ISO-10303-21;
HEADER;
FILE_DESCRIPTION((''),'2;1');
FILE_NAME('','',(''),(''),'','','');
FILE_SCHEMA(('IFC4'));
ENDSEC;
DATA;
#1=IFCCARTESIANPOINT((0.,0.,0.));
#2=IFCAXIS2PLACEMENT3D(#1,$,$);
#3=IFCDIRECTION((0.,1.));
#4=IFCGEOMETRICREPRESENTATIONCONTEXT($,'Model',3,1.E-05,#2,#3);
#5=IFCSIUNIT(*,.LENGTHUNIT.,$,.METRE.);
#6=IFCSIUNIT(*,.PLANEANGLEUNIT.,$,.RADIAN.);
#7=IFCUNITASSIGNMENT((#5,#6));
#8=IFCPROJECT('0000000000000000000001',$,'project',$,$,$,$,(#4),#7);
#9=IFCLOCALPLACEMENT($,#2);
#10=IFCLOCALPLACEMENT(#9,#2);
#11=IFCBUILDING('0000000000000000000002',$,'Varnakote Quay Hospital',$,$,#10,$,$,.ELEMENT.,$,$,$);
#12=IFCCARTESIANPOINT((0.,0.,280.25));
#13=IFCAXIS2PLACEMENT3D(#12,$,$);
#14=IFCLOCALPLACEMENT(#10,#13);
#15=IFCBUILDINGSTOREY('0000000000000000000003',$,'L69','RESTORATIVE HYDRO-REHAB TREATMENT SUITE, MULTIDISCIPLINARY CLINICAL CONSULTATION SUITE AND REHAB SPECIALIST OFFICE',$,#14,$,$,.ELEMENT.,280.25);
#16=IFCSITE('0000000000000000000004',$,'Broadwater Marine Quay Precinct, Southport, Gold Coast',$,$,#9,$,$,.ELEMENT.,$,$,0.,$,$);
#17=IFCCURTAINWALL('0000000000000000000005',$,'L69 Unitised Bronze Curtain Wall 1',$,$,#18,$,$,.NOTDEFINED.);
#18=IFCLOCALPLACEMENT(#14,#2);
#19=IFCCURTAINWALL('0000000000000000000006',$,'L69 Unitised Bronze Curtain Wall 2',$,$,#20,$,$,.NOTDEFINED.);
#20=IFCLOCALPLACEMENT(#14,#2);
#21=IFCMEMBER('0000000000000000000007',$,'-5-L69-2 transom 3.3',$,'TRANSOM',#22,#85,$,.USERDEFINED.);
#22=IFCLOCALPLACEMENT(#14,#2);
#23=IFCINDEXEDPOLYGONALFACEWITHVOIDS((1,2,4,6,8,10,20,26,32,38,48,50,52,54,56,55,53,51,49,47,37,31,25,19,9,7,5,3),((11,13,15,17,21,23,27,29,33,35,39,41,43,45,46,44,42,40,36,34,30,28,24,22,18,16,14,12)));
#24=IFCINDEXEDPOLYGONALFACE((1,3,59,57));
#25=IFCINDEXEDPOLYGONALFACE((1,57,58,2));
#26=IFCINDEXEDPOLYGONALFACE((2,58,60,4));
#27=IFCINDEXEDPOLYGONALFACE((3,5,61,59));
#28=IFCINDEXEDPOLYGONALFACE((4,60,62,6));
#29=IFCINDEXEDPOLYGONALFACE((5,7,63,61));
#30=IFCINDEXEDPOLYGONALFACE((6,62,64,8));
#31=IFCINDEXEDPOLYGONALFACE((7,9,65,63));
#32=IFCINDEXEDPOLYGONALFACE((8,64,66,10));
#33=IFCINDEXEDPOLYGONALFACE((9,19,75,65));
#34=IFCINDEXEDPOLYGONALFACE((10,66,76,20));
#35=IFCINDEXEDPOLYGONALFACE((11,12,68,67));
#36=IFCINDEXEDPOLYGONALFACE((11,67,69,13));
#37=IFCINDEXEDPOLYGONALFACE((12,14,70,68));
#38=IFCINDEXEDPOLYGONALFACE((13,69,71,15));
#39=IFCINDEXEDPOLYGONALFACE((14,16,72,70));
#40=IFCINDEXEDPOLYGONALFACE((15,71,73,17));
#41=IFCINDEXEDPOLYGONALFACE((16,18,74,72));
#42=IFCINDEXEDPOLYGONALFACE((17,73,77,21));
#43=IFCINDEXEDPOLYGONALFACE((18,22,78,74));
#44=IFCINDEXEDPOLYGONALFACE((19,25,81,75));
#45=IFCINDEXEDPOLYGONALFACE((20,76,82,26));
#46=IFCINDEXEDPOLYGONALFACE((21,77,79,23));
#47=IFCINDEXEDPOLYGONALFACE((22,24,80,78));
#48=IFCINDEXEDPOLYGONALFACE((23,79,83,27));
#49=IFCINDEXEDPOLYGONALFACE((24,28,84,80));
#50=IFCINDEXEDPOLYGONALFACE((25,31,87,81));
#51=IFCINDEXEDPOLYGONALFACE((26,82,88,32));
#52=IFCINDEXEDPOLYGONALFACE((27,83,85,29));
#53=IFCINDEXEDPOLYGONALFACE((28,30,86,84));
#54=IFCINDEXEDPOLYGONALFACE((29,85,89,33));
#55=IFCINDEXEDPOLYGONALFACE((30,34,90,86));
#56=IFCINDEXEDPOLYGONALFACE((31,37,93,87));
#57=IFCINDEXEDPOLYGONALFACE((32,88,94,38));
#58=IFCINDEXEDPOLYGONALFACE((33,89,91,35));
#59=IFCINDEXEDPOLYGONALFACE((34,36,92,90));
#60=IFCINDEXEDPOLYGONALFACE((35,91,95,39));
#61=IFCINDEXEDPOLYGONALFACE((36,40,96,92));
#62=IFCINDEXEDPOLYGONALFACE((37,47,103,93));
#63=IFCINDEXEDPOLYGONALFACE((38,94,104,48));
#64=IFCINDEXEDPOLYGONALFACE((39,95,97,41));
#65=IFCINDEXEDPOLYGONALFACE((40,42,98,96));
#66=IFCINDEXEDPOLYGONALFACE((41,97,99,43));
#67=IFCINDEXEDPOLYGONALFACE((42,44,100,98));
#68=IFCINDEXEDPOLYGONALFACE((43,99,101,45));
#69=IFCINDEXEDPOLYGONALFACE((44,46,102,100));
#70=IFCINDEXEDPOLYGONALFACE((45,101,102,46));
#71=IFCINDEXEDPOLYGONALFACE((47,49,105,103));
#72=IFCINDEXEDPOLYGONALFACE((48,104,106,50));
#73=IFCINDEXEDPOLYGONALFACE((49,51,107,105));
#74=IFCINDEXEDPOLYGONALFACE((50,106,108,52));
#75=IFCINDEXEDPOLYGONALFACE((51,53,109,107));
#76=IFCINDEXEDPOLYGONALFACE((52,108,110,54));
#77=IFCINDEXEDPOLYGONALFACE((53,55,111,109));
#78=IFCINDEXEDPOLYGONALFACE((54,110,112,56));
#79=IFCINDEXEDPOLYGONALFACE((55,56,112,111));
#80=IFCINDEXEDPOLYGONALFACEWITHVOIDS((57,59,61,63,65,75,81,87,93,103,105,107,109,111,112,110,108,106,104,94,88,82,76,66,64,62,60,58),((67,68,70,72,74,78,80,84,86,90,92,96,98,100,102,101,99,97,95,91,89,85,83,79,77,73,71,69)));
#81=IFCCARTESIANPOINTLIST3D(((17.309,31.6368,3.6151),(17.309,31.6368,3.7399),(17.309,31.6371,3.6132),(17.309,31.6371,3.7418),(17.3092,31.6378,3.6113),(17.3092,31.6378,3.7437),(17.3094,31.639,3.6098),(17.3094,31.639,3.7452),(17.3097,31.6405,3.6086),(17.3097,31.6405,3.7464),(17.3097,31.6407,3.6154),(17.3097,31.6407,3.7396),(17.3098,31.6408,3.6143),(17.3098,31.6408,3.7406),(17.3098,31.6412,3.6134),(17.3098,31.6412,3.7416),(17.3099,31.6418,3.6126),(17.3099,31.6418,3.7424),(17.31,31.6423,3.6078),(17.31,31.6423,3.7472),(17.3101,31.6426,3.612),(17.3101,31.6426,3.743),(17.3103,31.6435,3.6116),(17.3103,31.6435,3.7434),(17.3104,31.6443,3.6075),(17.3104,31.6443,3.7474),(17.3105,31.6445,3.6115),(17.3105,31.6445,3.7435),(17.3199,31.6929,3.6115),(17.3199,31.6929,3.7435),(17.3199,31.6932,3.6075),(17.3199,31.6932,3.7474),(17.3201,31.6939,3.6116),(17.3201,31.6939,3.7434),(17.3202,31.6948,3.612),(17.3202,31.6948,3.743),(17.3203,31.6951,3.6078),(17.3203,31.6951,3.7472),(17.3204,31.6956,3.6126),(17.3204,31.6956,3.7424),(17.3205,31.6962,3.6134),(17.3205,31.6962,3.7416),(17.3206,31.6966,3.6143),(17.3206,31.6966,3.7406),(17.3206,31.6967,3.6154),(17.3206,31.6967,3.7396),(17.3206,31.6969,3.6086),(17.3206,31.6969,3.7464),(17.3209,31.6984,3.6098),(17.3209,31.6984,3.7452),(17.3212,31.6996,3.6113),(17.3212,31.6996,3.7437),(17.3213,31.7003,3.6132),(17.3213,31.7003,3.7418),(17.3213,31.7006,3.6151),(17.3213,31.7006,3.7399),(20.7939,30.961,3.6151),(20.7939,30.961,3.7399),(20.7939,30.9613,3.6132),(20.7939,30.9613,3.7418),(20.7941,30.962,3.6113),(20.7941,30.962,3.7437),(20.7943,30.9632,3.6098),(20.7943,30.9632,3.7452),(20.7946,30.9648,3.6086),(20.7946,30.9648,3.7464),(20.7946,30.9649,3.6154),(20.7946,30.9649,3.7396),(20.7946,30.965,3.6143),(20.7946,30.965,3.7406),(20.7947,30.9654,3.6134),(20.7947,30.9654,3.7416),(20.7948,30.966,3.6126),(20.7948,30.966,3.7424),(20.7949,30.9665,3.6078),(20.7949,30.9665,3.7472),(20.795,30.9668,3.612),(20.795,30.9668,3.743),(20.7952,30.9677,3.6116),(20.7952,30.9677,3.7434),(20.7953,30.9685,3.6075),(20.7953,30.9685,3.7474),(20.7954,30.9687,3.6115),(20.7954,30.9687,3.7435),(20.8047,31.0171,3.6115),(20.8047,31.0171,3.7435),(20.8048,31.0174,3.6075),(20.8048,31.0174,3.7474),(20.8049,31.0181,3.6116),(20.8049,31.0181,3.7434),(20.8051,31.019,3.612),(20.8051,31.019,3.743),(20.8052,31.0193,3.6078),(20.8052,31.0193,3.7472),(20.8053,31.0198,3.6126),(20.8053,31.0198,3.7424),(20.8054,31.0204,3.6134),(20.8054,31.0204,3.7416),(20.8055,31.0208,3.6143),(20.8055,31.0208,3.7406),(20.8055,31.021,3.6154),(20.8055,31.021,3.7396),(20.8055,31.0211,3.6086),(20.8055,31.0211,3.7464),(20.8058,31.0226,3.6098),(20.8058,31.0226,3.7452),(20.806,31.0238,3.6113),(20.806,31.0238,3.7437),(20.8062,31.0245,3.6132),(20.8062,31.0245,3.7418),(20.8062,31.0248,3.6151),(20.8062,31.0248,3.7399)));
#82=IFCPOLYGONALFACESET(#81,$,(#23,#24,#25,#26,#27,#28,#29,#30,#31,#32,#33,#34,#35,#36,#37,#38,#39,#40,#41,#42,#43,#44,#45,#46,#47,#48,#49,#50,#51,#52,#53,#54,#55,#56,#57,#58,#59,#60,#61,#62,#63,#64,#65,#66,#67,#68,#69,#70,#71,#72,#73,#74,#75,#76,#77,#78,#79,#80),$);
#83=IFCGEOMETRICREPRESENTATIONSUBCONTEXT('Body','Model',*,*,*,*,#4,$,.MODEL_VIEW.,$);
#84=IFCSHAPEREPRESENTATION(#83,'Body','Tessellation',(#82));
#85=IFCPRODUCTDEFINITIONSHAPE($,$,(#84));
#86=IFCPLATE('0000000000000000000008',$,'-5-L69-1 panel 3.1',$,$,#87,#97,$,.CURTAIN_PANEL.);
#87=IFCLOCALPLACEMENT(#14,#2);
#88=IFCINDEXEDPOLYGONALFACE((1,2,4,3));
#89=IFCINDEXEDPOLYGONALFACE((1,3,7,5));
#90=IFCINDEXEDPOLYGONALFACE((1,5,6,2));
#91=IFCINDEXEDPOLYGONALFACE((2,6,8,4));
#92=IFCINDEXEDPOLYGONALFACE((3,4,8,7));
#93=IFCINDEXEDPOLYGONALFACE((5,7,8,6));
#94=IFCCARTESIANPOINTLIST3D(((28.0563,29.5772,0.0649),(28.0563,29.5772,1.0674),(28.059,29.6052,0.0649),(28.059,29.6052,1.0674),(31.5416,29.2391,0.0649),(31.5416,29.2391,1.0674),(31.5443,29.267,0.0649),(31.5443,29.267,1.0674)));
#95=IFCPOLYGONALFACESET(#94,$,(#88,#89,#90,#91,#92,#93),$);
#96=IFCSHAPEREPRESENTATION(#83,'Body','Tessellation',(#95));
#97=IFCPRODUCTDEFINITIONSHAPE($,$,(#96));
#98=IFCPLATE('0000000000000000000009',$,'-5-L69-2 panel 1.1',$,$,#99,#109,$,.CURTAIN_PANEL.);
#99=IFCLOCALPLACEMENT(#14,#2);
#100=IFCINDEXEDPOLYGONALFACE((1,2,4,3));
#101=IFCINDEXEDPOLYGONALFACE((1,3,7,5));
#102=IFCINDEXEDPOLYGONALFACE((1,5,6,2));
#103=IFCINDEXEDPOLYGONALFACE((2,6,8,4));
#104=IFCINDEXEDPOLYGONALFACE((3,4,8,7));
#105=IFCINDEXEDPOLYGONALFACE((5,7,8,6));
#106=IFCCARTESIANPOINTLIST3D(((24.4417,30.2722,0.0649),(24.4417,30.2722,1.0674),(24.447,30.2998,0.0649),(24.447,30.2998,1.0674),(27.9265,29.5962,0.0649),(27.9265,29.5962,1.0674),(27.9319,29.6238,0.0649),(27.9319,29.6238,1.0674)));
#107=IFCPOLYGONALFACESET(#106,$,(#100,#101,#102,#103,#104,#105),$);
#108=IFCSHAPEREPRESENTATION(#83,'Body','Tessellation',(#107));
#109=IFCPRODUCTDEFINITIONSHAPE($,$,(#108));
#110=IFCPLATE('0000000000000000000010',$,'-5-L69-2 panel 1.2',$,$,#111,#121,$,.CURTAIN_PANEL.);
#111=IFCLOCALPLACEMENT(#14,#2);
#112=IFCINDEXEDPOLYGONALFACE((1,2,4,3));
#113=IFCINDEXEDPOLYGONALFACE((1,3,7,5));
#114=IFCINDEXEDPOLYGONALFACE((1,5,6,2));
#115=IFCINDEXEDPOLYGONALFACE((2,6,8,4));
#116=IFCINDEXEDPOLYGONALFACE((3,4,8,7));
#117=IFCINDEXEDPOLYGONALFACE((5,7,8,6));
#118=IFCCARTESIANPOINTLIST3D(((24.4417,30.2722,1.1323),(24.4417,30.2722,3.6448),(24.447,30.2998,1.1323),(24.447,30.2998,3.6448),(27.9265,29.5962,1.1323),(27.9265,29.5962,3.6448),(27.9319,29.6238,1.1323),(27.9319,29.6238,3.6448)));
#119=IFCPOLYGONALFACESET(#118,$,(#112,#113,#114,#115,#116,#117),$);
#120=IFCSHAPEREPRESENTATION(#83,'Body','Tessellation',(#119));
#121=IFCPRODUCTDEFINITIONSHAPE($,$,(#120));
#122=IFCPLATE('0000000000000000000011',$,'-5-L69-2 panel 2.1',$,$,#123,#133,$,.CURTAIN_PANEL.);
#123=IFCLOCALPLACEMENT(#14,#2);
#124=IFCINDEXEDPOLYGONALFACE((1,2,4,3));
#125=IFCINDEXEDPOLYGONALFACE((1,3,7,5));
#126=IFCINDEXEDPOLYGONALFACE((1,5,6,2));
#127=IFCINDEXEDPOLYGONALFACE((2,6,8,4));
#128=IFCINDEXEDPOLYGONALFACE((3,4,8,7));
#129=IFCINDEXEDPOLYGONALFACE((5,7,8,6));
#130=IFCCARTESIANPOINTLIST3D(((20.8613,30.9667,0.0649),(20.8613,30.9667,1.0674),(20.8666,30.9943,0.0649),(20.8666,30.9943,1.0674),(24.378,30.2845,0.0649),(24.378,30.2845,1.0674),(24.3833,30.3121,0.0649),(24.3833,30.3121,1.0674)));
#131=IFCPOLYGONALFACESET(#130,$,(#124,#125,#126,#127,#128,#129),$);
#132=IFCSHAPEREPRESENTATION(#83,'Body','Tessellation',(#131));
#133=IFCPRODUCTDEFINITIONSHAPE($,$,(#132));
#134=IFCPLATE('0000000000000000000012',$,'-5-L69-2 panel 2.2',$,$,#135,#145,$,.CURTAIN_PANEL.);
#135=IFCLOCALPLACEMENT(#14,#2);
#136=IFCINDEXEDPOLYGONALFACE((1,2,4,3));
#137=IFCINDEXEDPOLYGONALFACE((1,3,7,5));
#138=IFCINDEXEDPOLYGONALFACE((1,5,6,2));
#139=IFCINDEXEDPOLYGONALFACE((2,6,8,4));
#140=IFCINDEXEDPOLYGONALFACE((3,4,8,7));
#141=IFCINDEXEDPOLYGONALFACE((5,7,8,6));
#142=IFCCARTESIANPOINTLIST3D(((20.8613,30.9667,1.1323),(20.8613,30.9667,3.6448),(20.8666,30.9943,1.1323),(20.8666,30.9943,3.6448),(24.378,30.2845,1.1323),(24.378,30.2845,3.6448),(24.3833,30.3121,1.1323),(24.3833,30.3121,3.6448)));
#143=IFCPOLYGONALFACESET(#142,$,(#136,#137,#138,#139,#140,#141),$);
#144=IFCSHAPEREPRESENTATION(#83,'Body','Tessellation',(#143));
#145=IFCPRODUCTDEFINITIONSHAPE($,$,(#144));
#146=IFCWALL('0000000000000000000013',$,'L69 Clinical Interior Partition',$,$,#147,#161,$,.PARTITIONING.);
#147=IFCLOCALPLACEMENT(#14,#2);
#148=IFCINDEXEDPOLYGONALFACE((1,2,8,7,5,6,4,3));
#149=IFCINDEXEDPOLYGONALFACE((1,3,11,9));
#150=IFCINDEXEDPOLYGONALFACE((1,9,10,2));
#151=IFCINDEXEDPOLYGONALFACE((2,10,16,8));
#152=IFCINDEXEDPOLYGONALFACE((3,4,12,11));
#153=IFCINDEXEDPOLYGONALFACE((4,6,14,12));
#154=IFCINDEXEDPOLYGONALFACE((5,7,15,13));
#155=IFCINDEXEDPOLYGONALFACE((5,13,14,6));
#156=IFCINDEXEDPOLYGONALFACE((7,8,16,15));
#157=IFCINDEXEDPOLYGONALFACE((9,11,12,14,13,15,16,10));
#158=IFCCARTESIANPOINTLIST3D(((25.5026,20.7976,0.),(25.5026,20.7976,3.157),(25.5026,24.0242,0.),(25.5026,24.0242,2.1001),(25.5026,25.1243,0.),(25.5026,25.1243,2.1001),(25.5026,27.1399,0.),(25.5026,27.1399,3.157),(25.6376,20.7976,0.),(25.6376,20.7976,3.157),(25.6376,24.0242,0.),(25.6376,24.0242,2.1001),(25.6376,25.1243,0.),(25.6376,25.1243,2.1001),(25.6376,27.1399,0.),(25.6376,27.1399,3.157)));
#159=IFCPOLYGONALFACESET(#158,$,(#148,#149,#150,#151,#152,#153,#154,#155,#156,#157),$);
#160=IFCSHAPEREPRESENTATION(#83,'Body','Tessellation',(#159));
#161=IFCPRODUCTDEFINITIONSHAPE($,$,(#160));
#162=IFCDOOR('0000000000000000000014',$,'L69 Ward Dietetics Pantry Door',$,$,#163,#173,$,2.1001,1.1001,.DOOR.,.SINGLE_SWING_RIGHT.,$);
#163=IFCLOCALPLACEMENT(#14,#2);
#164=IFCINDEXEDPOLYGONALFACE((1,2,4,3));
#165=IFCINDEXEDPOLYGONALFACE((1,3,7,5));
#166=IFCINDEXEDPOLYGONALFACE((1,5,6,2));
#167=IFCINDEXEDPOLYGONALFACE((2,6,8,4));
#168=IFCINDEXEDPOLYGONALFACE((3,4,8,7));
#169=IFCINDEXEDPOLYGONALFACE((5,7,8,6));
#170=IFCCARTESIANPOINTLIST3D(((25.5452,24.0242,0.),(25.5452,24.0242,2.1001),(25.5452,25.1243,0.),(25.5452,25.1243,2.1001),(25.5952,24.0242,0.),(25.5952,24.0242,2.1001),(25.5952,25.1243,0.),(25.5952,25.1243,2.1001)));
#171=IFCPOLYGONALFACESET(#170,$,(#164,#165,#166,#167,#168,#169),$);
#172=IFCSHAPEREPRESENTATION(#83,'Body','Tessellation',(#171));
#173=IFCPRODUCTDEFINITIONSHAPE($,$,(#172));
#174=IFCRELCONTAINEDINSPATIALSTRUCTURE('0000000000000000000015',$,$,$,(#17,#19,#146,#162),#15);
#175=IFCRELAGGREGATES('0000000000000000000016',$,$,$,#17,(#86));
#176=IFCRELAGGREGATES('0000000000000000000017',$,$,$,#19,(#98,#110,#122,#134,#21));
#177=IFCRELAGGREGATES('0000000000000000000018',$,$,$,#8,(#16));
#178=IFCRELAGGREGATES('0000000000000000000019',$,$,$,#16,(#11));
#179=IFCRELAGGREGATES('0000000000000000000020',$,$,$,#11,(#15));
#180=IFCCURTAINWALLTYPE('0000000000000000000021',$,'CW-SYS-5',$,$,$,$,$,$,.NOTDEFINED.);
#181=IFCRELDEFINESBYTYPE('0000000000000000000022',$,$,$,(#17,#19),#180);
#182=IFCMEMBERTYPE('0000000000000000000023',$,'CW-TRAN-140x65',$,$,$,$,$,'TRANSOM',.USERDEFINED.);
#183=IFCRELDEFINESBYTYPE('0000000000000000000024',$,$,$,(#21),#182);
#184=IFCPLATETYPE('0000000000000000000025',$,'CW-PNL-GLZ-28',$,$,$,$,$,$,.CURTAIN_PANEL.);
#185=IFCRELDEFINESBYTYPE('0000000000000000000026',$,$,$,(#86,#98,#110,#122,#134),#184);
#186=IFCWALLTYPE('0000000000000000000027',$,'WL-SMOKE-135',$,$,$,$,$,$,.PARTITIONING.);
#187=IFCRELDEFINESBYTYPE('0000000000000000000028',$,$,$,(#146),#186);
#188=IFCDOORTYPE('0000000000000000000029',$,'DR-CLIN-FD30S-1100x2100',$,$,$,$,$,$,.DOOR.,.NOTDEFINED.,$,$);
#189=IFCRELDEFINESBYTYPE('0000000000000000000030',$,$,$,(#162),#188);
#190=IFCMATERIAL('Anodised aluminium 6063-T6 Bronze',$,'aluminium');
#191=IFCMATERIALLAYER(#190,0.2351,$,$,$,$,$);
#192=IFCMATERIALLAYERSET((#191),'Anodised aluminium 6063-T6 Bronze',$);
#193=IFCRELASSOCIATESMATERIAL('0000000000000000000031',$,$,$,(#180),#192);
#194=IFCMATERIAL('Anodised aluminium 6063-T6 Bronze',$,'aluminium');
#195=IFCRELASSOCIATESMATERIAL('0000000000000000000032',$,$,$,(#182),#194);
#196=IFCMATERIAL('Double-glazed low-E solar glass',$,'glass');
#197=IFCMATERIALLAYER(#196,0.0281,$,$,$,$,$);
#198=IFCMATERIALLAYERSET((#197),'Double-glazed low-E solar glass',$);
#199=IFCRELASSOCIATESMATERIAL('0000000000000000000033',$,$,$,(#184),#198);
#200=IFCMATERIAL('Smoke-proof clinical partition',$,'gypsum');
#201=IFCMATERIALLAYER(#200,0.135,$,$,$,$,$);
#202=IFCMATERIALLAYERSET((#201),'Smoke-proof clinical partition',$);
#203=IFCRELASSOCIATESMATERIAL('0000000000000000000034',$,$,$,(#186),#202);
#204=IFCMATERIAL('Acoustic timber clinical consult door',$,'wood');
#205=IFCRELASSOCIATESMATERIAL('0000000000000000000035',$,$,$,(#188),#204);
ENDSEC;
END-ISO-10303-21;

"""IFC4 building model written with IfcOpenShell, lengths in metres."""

from ifc_helpers import new_model, si_unit, direction, frame, frame_2d, origin, origin_2d, place, context, subcontext, project, spatial, rectangle, hollow_rectangle, extrude, material, layer, layer_set, material_profile, profile_set, type_object, element, fill, aggregate, save


model = new_model("IFC4")

# Units and contexts
model_context = context("Model", 3, precision=1e-05, world=origin(), true_north=direction((0.0, 1.0)))
body_context = subcontext(model_context, "Body", "Model", "MODEL_VIEW")
ifc_project = project(units=[si_unit("LENGTHUNIT", "METRE"), si_unit("PLANEANGLEUNIT", "RADIAN")], contexts=[model_context])

# Site, building, storey
site_placement = place(None, origin())
site = spatial("IfcSite", under=ifc_project, at=site_placement, Name="Broadwater Marine Quay Precinct, Southport, Gold Coast", CompositionType="ELEMENT", RefElevation=0.0)
building_placement = place(site_placement, origin())
building = spatial("IfcBuilding", under=site, at=building_placement, Name="Varnakote Quay Hospital", CompositionType="ELEMENT")
storey_placement = place(building_placement, frame((0.0, 0.0, 280.25)))
storey = spatial("IfcBuildingStorey", under=building, at=storey_placement, Name="L69", Description="RESTORATIVE HYDRO-REHAB TREATMENT SUITE, MULTIDISCIPLINARY CLINICAL CONSULTATION SUITE AND REHAB SPECIALIST OFFICE", CompositionType="ELEMENT", Elevation=280.25)

# Curtain wall
ifc_material_1 = material(Name="Anodised aluminium 6063-T6 Bronze", Category="aluminium")
ifc_layer_1 = layer(ifc_material_1, 0.2351)
ifc_layer_set_1 = layer_set([ifc_layer_1], Name="Anodised aluminium 6063-T6 Bronze")
curtain_wall_type = type_object("IfcCurtainWallType", Name="CW-SYS-5", PredefinedType="NOTDEFINED", material=ifc_layer_set_1)
curtain_wall_1_placement = place(storey_placement, origin())
curtain_wall_1 = element("IfcCurtainWall", 1, at=curtain_wall_1_placement, inside=storey, type_object=curtain_wall_type, Name="L69 Unitised Bronze Curtain Wall 1", PredefinedType="NOTDEFINED")

# Curtain wall, member
curtain_wall_2_placement = place(storey_placement, origin())
curtain_wall_2 = element("IfcCurtainWall", 2, at=curtain_wall_2_placement, inside=storey, type_object=curtain_wall_type, Name="L69 Unitised Bronze Curtain Wall 2", PredefinedType="NOTDEFINED")
ifc_material_2 = material(Name="Anodised aluminium 6063-T6 Bronze", Category="aluminium")
ifc_material_profile_1 = material_profile(ifc_material_2, hollow_rectangle(XDim=0.0649, YDim=0.1399, WallThickness=0.0039, InnerFilletRadius=0.0039, OuterFilletRadius=0.0076, at=origin_2d()), Name="CW-TRAN-140x65")
ifc_profile_set_1 = profile_set([ifc_material_profile_1], Name="Anodised aluminium 6063-T6 Bronze")
member_type_1 = type_object("IfcMemberType", Name="CW-TRAN-140x65", ElementType="TRANSOM", PredefinedType="USERDEFINED", material=ifc_profile_set_1)
member_1_placement = place(storey_placement, frame((20.8, 30.9929, 3.6775), z_axis=(-0.981712, 0.190373, 0.0), x_axis=(-0.190373, -0.981712, 0.0)))
member_1 = element("IfcMember", 3, at=member_1_placement, type_object=member_type_1, Name="-5-L69-2 transom 3.3", ObjectType="TRANSOM", PredefinedType="USERDEFINED", context=body_context, shape_type="SweptSolid", body=[
    extrude(hollow_rectangle(XDim=0.0649, YDim=0.1399, WallThickness=0.0039, InnerFilletRadius=0.0039, OuterFilletRadius=0.0076, at=origin_2d()), origin(), (0.0, 0.0, 1.0), 3.5498),
])

# Plates
ifc_material_3 = material(Name="Double-glazed low-E solar glass", Category="glass")
ifc_layer_2 = layer(ifc_material_3, 0.0281)
ifc_layer_set_2 = layer_set([ifc_layer_2], Name="Double-glazed low-E solar glass")
plate_type = type_object("IfcPlateType", Name="CW-PNL-GLZ-28", PredefinedType="CURTAIN_PANEL", material=ifc_layer_set_2)
plate_1_placement = place(storey_placement, frame((29.8003, 29.4221, 0.0649), z_axis=(0.0, 0.0, 1.0), x_axis=(-0.995326, 0.096569, 0.0)))
plate_1 = element("IfcPlate", 4, at=plate_1_placement, type_object=plate_type, Name="-5-L69-1 panel 3.1", PredefinedType="CURTAIN_PANEL", context=body_context, shape_type="SweptSolid", body=[
    extrude(rectangle(XDim=3.5017, YDim=0.0281, at=origin_2d()), origin(), (0.0, 0.0, 1.0), 1.0024),
])
aggregate(curtain_wall_1, [plate_1])
plate_2_placement = place(storey_placement, frame((26.1868, 29.948, 0.0649), z_axis=(0.0, 0.0, 1.0), x_axis=(-0.9817, 0.190434, 0.0)))
plate_2 = element("IfcPlate", 5, at=plate_2_placement, type_object=plate_type, Name="-5-L69-2 panel 1.1", PredefinedType="CURTAIN_PANEL", context=body_context, shape_type="SweptSolid", body=[
    extrude(rectangle(XDim=3.5498, YDim=0.0281, at=origin_2d()), origin(), (0.0, 0.0, 1.0), 1.0024),
])
plate_3_placement = place(storey_placement, frame((26.1868, 29.948, 1.1323), z_axis=(0.0, 0.0, 1.0), x_axis=(-0.9817, 0.190434, 0.0)))
plate_3 = element("IfcPlate", 6, at=plate_3_placement, type_object=plate_type, Name="-5-L69-2 panel 1.2", PredefinedType="CURTAIN_PANEL", context=body_context, shape_type="SweptSolid", body=[
    extrude(rectangle(XDim=3.5498, YDim=0.0281, at=origin_2d()), origin(), (0.0, 0.0, 1.0), 2.5125),
])
plate_4_placement = place(storey_placement, frame((22.6223, 30.6394, 0.0649), z_axis=(0.0, 0.0, 1.0), x_axis=(-0.9817, 0.190434, 0.0)))
plate_4 = element("IfcPlate", 7, at=plate_4_placement, type_object=plate_type, Name="-5-L69-2 panel 2.1", PredefinedType="CURTAIN_PANEL", context=body_context, shape_type="SweptSolid", body=[
    extrude(rectangle(XDim=3.5823, YDim=0.0281, at=origin_2d()), origin(), (0.0, 0.0, 1.0), 1.0024),
])
plate_5_placement = place(storey_placement, frame((22.6223, 30.6394, 1.1323), z_axis=(0.0, 0.0, 1.0), x_axis=(-0.9817, 0.190434, 0.0)))
plate_5 = element("IfcPlate", 8, at=plate_5_placement, type_object=plate_type, Name="-5-L69-2 panel 2.2", PredefinedType="CURTAIN_PANEL", context=body_context, shape_type="SweptSolid", body=[
    extrude(rectangle(XDim=3.5823, YDim=0.0281, at=origin_2d()), origin(), (0.0, 0.0, 1.0), 2.5125),
])
aggregate(curtain_wall_2, [plate_2, plate_3, plate_4, plate_5, member_1])

# Wall, opening, door
ifc_material_4 = material(Name="Smoke-proof clinical partition", Category="gypsum")
ifc_layer_3 = layer(ifc_material_4, 0.135)
ifc_layer_set_3 = layer_set([ifc_layer_3], Name="Smoke-proof clinical partition")
wall_type = type_object("IfcWallType", Name="WL-SMOKE-135", PredefinedType="PARTITIONING", material=ifc_layer_set_3)
wall_1_placement = place(storey_placement, frame((25.5701, 20.7976, 0.0), z_axis=(0.0, 0.0, 1.0), x_axis=(0.0, 1.0, 0.0)))
wall_1 = element("IfcWall", 9, at=wall_1_placement, inside=storey, type_object=wall_type, Name="L69 Clinical Interior Partition", PredefinedType="PARTITIONING", context=body_context, shape_type="SweptSolid", body=[
    extrude(rectangle(XDim=6.3423, YDim=0.135, at=frame_2d((3.1711, 0.0))), origin(), (0.0, 0.0, 1.0), 3.157),
])
opening_1_placement = place(wall_1_placement, frame((3.2266, 0.0, 0.0)))
opening_1 = element("IfcOpeningElement", 10, at=opening_1_placement, cuts=wall_1, PredefinedType="OPENING", context=body_context, shape_type="SweptSolid", body=[
    extrude(rectangle(XDim=1.1001, YDim=2.1001, at=frame_2d((0.55, 1.05))), frame((0.0, 0.0774, 0.0), z_axis=(0.0, -1.0, 0.0), x_axis=(1.0, 0.0, 0.0)), (0.0, 0.0, 1.0), 0.155),
])
ifc_material_5 = material(Name="Acoustic timber clinical consult door", Category="wood")
door_type = type_object("IfcDoorType", Name="DR-CLIN-FD30S-1100x2100", OperationType="NOTDEFINED", PredefinedType="DOOR", material=ifc_material_5)
door_1_placement = place(opening_1_placement, origin())
door_1 = element("IfcDoor", 11, at=door_1_placement, inside=storey, type_object=door_type, Name="L69 Ward Dietetics Pantry Door", OperationType="SINGLE_SWING_RIGHT", OverallHeight=2.1001, OverallWidth=1.1001, PredefinedType="DOOR", context=body_context, shape_type="SweptSolid", body=[
    extrude(rectangle(XDim=1.1001, YDim=2.1001, at=frame_2d((0.55, 1.05))), frame((0.0, 0.0249, 0.0), z_axis=(0.0, -1.0, 0.0), x_axis=(1.0, 0.0, 0.0)), (0.0, 0.0, 1.0), 0.05),
])
fill(opening_1, door_1)

save(model, "model.ifc")
